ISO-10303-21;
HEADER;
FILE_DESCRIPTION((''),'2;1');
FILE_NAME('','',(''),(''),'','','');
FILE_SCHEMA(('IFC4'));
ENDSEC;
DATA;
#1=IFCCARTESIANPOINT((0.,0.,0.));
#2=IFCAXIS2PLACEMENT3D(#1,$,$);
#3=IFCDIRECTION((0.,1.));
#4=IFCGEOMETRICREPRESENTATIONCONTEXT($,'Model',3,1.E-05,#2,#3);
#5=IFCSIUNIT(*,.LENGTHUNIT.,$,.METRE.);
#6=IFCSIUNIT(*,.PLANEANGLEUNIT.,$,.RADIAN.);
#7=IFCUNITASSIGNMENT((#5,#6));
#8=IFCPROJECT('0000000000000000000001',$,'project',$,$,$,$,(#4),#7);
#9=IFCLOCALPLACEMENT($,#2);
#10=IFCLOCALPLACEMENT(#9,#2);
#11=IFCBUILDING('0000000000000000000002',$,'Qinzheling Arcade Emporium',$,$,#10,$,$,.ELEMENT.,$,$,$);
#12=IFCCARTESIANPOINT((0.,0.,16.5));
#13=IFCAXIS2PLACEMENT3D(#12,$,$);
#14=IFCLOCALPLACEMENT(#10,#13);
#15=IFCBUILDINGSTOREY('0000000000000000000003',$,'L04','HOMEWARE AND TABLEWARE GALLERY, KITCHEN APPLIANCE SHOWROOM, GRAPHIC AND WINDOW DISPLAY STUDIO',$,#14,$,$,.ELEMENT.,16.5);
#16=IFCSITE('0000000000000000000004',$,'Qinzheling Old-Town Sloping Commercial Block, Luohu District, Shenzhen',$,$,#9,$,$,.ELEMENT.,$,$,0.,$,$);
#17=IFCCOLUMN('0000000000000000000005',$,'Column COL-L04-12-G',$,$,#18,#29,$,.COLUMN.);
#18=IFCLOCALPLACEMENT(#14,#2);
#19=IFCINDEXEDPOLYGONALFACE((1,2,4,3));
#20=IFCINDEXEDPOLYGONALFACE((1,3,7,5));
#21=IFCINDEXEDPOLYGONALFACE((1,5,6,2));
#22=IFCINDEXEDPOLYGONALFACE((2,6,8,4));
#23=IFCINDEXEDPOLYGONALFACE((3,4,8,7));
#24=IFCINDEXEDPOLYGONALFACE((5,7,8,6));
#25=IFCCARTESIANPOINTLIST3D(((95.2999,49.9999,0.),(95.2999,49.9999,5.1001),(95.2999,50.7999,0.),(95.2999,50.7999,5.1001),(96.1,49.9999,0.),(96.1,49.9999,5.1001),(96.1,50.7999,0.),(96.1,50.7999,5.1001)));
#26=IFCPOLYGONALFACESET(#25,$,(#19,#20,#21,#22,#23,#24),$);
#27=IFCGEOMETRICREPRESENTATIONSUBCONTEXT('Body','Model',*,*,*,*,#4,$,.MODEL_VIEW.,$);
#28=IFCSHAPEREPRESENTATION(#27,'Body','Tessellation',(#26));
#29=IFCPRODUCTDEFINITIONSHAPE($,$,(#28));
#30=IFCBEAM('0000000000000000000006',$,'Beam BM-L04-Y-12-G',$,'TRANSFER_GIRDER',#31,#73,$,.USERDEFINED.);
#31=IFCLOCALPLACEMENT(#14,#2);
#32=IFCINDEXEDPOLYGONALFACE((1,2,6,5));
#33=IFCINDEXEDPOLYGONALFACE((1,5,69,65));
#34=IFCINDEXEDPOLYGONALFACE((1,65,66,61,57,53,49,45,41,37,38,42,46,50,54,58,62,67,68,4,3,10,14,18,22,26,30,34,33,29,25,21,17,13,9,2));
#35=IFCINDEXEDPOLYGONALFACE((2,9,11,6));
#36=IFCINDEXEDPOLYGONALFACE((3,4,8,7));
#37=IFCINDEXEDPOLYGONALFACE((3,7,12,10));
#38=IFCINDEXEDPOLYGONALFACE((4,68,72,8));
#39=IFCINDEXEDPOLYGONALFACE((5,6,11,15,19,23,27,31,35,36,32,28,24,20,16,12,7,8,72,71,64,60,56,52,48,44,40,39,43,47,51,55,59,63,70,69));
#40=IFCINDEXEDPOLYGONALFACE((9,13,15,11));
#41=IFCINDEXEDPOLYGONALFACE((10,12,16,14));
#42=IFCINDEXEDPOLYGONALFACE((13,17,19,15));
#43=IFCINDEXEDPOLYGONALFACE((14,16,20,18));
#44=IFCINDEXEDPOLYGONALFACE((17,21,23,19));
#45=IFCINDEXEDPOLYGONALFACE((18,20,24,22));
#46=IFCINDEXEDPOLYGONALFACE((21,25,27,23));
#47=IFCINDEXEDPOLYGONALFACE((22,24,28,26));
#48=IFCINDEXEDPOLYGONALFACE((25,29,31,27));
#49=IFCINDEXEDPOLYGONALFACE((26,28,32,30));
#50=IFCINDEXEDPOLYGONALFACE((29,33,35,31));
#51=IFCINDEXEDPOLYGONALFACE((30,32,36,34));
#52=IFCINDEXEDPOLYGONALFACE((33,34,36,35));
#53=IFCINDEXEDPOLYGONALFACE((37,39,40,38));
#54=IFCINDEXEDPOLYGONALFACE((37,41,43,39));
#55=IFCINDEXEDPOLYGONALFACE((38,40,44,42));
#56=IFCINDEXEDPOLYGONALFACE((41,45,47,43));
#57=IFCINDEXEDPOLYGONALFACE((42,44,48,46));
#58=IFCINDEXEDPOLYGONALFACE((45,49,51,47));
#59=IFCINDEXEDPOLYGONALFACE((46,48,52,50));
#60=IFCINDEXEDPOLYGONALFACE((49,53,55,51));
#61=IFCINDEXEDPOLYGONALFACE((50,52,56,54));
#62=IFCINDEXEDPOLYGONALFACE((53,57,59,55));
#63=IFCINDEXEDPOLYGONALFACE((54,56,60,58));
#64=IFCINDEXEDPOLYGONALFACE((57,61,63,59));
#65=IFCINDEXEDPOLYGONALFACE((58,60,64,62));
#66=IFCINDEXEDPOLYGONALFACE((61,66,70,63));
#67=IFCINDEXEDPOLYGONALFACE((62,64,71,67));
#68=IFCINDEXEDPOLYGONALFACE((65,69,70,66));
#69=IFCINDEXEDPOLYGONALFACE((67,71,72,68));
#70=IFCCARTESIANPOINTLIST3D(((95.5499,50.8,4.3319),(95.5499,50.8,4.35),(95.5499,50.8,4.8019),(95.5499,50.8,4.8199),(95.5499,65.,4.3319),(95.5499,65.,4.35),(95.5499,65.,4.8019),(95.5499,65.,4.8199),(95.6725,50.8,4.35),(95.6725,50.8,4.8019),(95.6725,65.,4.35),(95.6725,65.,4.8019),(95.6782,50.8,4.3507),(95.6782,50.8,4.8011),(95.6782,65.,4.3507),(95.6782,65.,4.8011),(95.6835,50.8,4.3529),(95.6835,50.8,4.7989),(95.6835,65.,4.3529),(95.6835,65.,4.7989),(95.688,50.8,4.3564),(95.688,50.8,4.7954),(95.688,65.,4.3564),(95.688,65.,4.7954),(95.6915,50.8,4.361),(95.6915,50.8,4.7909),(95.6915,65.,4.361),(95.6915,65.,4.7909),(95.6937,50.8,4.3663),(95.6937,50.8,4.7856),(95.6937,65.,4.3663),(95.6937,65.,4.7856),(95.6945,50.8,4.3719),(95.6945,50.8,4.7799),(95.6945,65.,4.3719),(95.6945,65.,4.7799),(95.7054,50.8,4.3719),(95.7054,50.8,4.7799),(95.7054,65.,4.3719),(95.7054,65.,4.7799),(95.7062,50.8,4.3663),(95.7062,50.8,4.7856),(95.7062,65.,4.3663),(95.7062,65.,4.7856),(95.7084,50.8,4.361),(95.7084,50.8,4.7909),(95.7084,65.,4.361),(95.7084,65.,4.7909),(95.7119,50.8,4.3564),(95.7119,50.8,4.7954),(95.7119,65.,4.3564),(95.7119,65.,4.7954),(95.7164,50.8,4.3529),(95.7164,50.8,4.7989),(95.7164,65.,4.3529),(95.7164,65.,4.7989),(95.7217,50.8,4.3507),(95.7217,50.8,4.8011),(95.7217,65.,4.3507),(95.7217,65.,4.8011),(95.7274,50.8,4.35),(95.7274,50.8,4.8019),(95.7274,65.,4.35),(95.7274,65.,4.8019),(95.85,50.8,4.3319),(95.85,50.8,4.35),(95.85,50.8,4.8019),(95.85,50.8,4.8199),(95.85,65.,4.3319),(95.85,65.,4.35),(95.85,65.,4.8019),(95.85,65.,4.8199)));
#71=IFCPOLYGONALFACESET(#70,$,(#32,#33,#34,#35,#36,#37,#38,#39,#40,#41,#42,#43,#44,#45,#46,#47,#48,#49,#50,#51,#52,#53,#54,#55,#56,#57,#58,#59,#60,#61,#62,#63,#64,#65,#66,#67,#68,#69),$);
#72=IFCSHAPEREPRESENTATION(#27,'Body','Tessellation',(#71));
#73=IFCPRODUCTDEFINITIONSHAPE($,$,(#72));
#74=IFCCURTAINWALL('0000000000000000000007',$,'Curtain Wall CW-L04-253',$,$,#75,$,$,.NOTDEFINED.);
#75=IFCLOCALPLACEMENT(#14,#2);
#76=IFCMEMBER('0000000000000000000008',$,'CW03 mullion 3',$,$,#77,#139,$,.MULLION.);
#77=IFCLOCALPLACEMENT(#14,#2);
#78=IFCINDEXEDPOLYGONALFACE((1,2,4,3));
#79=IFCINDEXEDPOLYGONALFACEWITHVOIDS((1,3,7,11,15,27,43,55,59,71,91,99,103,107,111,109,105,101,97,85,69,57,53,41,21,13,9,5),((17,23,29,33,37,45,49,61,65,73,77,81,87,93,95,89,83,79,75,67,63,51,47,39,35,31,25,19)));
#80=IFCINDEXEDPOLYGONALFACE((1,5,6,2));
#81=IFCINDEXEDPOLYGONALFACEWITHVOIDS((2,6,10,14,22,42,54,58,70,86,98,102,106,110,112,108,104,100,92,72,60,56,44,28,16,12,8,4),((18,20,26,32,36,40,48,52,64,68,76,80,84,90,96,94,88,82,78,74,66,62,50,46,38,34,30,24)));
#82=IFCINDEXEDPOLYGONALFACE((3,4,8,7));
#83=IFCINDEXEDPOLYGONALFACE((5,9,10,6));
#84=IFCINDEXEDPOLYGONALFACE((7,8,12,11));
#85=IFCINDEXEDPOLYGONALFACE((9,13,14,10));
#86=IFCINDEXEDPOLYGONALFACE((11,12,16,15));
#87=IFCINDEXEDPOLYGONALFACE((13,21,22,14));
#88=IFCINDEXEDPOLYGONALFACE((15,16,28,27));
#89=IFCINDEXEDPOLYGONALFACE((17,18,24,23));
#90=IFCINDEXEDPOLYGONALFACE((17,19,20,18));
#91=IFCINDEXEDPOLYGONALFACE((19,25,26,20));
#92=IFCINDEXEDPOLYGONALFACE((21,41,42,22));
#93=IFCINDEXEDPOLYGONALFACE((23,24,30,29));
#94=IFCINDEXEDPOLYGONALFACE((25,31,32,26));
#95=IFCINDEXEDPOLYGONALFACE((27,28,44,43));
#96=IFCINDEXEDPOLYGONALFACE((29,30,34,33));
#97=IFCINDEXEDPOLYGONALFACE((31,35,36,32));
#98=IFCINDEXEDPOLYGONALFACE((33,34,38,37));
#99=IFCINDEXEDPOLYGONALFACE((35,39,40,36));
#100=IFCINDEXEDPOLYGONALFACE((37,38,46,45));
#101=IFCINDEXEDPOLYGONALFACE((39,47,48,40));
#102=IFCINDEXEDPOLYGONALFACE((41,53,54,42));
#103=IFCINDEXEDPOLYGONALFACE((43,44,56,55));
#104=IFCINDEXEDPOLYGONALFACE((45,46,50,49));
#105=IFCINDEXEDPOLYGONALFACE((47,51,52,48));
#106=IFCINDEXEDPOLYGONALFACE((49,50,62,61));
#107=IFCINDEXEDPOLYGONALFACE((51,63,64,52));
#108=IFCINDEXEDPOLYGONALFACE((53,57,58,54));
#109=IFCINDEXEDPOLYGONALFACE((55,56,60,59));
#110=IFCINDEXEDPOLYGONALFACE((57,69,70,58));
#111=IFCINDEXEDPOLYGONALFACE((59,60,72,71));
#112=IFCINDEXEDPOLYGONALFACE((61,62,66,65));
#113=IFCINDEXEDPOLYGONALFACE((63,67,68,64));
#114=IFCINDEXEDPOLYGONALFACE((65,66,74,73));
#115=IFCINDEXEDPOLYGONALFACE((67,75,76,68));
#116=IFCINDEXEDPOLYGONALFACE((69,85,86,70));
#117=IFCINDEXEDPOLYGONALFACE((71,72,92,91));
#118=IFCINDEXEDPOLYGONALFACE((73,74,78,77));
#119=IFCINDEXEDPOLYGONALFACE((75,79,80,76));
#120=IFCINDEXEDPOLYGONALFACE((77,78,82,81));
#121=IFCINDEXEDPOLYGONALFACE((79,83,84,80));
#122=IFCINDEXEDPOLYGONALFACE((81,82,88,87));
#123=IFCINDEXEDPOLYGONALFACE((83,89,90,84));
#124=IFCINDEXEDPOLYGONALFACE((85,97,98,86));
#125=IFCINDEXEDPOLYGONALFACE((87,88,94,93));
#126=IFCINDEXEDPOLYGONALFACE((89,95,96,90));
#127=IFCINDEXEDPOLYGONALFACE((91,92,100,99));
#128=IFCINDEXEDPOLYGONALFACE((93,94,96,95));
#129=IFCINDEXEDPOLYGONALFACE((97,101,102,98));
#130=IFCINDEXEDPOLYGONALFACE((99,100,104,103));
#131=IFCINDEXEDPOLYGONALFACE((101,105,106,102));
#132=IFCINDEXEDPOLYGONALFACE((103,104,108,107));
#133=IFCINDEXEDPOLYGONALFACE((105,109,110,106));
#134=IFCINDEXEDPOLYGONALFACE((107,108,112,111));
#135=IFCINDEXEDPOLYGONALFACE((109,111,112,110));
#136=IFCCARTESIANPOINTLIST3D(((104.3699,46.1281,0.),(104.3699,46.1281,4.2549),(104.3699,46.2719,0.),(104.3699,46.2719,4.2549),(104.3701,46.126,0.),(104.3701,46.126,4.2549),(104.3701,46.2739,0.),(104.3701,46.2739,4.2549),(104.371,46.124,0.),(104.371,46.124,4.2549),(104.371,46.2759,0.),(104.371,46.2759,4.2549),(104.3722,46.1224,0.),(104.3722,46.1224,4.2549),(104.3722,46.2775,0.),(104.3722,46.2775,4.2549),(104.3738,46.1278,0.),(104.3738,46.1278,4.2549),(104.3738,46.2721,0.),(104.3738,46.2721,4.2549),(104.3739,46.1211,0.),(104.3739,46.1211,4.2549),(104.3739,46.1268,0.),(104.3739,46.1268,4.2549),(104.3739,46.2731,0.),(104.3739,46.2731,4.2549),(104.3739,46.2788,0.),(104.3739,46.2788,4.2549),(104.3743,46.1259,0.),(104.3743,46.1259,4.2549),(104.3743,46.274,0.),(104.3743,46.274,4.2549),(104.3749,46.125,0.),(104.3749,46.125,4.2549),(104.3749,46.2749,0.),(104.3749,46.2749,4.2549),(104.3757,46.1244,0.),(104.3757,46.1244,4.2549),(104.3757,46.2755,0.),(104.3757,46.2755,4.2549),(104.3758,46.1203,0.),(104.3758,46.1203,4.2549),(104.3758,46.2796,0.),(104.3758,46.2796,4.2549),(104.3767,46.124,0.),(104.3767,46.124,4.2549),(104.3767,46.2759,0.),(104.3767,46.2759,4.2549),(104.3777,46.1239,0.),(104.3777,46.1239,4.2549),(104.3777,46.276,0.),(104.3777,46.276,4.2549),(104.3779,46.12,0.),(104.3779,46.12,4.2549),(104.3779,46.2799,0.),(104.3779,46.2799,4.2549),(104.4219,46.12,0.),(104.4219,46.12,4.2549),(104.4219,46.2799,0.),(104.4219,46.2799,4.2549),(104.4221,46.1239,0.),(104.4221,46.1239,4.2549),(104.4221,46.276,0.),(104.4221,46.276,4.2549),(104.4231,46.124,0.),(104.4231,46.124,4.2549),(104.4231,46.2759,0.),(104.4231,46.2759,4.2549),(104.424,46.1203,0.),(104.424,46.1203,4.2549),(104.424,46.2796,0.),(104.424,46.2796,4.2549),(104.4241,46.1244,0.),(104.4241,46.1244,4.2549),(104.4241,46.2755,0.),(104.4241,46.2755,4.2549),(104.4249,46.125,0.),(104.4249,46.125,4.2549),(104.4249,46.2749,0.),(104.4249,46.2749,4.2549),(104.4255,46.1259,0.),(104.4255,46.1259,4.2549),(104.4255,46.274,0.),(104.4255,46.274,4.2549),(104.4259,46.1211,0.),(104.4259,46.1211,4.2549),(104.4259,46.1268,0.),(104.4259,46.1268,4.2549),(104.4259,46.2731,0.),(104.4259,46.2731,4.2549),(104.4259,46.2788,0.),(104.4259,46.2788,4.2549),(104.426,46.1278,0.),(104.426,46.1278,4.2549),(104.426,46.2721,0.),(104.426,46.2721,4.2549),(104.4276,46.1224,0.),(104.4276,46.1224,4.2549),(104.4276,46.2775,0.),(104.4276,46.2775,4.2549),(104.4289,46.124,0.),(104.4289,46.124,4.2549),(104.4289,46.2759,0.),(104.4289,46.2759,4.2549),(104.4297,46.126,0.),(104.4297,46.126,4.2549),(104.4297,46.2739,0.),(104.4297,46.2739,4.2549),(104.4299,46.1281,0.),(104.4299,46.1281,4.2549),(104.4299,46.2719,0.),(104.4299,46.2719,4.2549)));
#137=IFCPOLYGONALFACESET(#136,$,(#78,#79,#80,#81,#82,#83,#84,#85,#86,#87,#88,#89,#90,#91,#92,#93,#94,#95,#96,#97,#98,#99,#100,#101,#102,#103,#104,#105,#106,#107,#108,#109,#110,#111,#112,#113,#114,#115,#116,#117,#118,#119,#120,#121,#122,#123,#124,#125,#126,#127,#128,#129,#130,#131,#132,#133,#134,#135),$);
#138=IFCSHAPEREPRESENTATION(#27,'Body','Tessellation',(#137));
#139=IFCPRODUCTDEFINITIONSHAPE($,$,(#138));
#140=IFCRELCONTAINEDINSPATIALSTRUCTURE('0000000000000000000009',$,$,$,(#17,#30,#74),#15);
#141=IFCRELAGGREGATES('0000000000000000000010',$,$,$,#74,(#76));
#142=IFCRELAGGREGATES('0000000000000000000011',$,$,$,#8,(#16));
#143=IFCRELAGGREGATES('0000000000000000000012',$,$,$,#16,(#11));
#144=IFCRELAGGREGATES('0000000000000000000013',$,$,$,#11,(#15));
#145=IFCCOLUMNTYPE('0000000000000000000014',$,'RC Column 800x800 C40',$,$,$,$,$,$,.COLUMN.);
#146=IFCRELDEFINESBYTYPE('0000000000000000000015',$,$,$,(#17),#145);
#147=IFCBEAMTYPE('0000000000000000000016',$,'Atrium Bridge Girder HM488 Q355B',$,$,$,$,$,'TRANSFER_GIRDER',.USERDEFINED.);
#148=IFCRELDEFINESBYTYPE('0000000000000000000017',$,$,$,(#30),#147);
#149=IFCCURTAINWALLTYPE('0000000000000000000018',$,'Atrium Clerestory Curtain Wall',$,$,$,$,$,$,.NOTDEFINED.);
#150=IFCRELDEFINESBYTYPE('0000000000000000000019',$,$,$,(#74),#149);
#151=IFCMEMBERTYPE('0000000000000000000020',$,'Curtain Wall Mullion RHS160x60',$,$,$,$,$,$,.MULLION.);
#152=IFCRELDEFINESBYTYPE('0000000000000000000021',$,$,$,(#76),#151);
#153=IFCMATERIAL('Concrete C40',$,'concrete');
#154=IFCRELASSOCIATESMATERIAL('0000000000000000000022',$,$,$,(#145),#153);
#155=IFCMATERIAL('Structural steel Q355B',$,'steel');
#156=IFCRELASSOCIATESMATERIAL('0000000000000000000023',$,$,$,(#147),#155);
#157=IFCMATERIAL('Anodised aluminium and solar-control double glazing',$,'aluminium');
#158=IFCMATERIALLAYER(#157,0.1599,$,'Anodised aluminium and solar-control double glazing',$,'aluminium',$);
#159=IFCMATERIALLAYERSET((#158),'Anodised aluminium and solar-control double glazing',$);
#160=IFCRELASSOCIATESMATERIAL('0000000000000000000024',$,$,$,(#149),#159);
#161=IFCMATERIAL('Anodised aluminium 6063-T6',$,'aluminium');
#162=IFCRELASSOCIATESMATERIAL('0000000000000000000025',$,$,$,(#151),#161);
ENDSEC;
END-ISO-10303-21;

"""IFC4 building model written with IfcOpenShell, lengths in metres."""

from ifc_helpers import new_model, si_unit, direction, frame, origin, origin_2d, place, context, subcontext, project, spatial, rectangle, hollow_rectangle, i_section, extrude, material, layer, layer_set, material_profile, profile_set, type_object, element, aggregate, save


model = new_model("IFC4")

# Units and contexts
model_context = context("Model", 3, precision=1e-05, world=origin(), true_north=direction((0.0, 1.0)))
body_context = subcontext(model_context, "Body", "Model", "MODEL_VIEW")
ifc_project = project(units=[si_unit("LENGTHUNIT", "METRE"), si_unit("PLANEANGLEUNIT", "RADIAN")], contexts=[model_context])

# Site, building, storey
site_placement = place(None, origin())
site = spatial("IfcSite", under=ifc_project, at=site_placement, Name="Qinzheling Old-Town Sloping Commercial Block, Luohu District, Shenzhen", CompositionType="ELEMENT", RefElevation=0.0)
building_placement = place(site_placement, origin())
building = spatial("IfcBuilding", under=site, at=building_placement, Name="Qinzheling Arcade Emporium", CompositionType="ELEMENT")
storey_placement = place(building_placement, frame((0.0, 0.0, 16.5)))
storey = spatial("IfcBuildingStorey", under=building, at=storey_placement, Name="L04", Description="HOMEWARE AND TABLEWARE GALLERY, KITCHEN APPLIANCE SHOWROOM, GRAPHIC AND WINDOW DISPLAY STUDIO", CompositionType="ELEMENT", Elevation=16.5)

# Column
ifc_material_1 = material(Name="Concrete C40", Category="concrete")
ifc_material_profile_1 = material_profile(ifc_material_1, rectangle(XDim=0.8, YDim=0.8, at=origin_2d()), Name="RC 800x800", Category="concrete")
ifc_profile_set_1 = profile_set([ifc_material_profile_1], Name="Concrete C40")
column_type = type_object("IfcColumnType", Name="RC Column 800x800 C40", PredefinedType="COLUMN", material=ifc_profile_set_1)
column_placement = place(storey_placement, frame((95.7, 50.3999, 0.0), z_axis=(0.0, 0.0, 1.0), x_axis=(1.0, 0.0, 0.0)))
element("IfcColumn", 1, at=column_placement, inside=storey, type_object=column_type, Name="Column COL-L04-12-G", PredefinedType="COLUMN", context=body_context, shape_type="SweptSolid", body=[
    extrude(rectangle(XDim=0.8, YDim=0.8, at=origin_2d()), origin(), (0.0, 0.0, 1.0), 5.1001),
])

# Beam
ifc_material_2 = material(Name="Structural steel Q355B", Category="steel")
ifc_material_profile_2 = material_profile(ifc_material_2, i_section(OverallWidth=0.3, OverallDepth=0.488, WebThickness=0.011, FlangeThickness=0.0181, FilletRadius=0.022, at=origin_2d()), Name="HM 488x300x11x18", Category="steel")
ifc_profile_set_2 = profile_set([ifc_material_profile_2], Name="Structural steel Q355B")
beam_type_1 = type_object("IfcBeamType", Name="Atrium Bridge Girder HM488 Q355B", ElementType="TRANSFER_GIRDER", PredefinedType="USERDEFINED", material=ifc_profile_set_2)
beam_1_placement = place(storey_placement, frame((95.7, 50.8, 4.5759), z_axis=(0.0, 1.0, 0.0), x_axis=(-1.0, 0.0, 0.0)))
element("IfcBeam", 2, at=beam_1_placement, inside=storey, type_object=beam_type_1, Name="Beam BM-L04-Y-12-G", ObjectType="TRANSFER_GIRDER", PredefinedType="USERDEFINED", context=body_context, shape_type="SweptSolid", body=[
    extrude(i_section(OverallWidth=0.3, OverallDepth=0.488, WebThickness=0.011, FlangeThickness=0.0181, FilletRadius=0.022, at=origin_2d()), origin(), (0.0, 0.0, 1.0), 14.2),
])

# Curtain wall, member
ifc_material_3 = material(Name="Anodised aluminium and solar-control double glazing", Category="aluminium")
ifc_layer_1 = layer(ifc_material_3, 0.1599, Name="Anodised aluminium and solar-control double glazing", Category="aluminium")
ifc_layer_set_1 = layer_set([ifc_layer_1], Name="Anodised aluminium and solar-control double glazing")
curtain_wall_type = type_object("IfcCurtainWallType", Name="Atrium Clerestory Curtain Wall", PredefinedType="NOTDEFINED", material=ifc_layer_set_1)
curtain_wall_placement = place(storey_placement, origin())
curtain_wall = element("IfcCurtainWall", 3, at=curtain_wall_placement, inside=storey, type_object=curtain_wall_type, Name="Curtain Wall CW-L04-253", PredefinedType="NOTDEFINED")
ifc_material_4 = material(Name="Anodised aluminium 6063-T6", Category="aluminium")
ifc_material_profile_3 = material_profile(ifc_material_4, hollow_rectangle(XDim=0.0601, YDim=0.1599, WallThickness=0.0039, InnerFilletRadius=0.0039, OuterFilletRadius=0.0081, at=origin_2d()), Name="RHS 160x60x4", Category="aluminium")
ifc_profile_set_3 = profile_set([ifc_material_profile_3], Name="Anodised aluminium 6063-T6")
member_type_1 = type_object("IfcMemberType", Name="Curtain Wall Mullion RHS160x60", PredefinedType="MULLION", material=ifc_profile_set_3)
member_1_placement = place(storey_placement, frame((104.3999, 46.2, 0.0), z_axis=(0.0, 0.0, 1.0), x_axis=(1.0, 0.0, 0.0)))
member_1 = element("IfcMember", 4, at=member_1_placement, type_object=member_type_1, Name="CW03 mullion 3", PredefinedType="MULLION", context=body_context, shape_type="SweptSolid", body=[
    extrude(hollow_rectangle(XDim=0.0601, YDim=0.1599, WallThickness=0.0039, InnerFilletRadius=0.0039, OuterFilletRadius=0.0081, at=origin_2d()), origin(), (0.0, 0.0, 1.0), 4.2549),
])

aggregate(curtain_wall, [member_1])

save(model, "model.ifc")
